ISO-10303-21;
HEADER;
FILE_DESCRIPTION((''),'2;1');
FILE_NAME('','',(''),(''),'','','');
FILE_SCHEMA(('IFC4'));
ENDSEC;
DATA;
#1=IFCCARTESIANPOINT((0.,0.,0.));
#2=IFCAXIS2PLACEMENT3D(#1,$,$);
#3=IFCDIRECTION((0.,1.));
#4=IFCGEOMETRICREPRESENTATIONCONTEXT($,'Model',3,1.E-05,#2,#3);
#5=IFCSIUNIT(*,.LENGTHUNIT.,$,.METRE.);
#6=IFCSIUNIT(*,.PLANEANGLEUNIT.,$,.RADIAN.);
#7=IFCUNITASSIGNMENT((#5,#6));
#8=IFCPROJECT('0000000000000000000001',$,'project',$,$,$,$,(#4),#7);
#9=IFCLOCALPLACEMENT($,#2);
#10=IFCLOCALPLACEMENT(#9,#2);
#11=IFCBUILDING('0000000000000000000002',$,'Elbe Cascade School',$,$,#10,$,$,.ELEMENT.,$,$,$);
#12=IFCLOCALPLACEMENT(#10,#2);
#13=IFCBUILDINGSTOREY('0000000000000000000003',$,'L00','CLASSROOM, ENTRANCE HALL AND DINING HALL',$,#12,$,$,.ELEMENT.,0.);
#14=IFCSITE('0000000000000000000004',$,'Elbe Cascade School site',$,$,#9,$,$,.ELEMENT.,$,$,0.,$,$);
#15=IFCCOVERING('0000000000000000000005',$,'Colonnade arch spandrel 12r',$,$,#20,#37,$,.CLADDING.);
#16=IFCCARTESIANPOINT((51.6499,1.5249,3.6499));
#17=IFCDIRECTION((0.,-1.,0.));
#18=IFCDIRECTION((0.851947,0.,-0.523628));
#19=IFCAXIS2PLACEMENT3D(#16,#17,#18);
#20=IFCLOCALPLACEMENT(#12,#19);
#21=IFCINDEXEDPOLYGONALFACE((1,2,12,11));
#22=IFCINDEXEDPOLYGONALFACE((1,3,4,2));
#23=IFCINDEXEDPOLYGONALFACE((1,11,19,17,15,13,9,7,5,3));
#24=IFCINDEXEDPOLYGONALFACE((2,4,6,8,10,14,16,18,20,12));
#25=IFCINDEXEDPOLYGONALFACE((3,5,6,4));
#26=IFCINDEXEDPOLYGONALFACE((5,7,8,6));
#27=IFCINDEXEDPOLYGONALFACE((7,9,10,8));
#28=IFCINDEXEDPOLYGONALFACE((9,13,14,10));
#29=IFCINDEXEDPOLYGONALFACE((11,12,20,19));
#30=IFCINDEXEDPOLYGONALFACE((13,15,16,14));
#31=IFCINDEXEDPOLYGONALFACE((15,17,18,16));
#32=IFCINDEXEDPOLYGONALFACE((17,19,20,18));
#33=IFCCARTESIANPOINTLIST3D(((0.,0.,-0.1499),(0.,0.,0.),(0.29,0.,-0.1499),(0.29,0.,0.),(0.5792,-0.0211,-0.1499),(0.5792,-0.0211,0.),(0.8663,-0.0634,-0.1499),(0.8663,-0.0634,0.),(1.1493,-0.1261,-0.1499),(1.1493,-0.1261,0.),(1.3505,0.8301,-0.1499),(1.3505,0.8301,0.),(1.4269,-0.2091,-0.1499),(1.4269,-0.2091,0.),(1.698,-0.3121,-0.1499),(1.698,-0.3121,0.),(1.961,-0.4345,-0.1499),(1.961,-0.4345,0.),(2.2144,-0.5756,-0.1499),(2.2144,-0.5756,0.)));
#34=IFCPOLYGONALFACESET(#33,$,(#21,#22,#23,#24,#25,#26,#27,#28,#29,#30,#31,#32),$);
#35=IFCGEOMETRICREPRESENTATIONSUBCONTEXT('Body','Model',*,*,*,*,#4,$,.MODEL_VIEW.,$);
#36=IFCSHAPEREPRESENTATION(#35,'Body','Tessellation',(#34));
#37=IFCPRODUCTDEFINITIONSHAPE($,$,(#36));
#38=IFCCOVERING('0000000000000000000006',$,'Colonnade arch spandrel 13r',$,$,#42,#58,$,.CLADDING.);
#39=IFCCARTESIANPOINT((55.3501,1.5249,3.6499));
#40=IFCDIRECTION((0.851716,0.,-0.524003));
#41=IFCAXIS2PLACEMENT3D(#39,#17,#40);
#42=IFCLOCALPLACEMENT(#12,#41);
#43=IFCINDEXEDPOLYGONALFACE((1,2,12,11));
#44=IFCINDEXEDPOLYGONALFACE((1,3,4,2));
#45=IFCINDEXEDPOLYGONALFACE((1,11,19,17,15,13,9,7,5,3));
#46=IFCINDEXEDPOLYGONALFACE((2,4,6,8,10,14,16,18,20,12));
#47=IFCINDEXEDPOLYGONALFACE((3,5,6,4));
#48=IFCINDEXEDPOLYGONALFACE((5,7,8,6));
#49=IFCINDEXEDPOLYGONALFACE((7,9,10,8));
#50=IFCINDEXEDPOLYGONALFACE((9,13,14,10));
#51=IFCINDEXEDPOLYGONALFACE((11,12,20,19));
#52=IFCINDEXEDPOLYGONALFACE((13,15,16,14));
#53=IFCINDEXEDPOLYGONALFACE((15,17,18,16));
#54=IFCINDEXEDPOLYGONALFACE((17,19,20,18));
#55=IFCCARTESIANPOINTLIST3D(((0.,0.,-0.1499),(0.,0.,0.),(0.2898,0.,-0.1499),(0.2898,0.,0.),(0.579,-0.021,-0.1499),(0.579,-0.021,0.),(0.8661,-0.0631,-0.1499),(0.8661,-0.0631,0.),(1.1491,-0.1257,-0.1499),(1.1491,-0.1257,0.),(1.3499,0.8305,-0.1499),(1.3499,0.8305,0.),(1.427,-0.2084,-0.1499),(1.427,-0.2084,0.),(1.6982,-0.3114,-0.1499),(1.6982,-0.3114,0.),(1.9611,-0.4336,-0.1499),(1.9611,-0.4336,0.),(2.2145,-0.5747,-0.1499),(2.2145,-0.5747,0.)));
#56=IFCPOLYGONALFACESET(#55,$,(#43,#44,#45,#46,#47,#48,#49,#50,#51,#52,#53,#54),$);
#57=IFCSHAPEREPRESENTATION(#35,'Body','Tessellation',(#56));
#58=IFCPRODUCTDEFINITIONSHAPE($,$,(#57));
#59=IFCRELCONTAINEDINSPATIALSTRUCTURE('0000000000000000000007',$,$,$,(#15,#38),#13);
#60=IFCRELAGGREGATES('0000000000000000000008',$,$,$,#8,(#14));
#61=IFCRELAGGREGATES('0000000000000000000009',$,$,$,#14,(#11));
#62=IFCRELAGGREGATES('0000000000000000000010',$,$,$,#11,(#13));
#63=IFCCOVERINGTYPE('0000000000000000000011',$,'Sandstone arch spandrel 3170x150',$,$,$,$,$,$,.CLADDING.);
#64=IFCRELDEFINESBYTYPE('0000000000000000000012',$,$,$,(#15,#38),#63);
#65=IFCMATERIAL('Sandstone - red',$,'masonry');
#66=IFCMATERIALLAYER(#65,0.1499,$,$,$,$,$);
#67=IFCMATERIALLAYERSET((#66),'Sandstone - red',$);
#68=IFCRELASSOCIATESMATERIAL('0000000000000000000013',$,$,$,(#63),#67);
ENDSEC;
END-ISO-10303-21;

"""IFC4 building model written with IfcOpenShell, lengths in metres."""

from ifc_helpers import new_model, si_unit, direction, frame, origin, place, context, subcontext, project, spatial, polyline, outline, extrude, material, layer, layer_set, type_object, element, save


model = new_model("IFC4")

# Units and contexts
model_context = context("Model", 3, precision=1e-05, world=origin(), true_north=direction((0.0, 1.0)))
body_context = subcontext(model_context, "Body", "Model", "MODEL_VIEW")
ifc_project = project(units=[si_unit("LENGTHUNIT", "METRE"), si_unit("PLANEANGLEUNIT", "RADIAN")], contexts=[model_context])

# Site, building, storey
site_placement = place(None, origin())
site = spatial("IfcSite", under=ifc_project, at=site_placement, Name="Elbe Cascade School site", CompositionType="ELEMENT", RefElevation=0.0)
building_placement = place(site_placement, origin())
building = spatial("IfcBuilding", under=site, at=building_placement, Name="Elbe Cascade School", CompositionType="ELEMENT")
storey_placement = place(building_placement, origin())
storey = spatial("IfcBuildingStorey", under=building, at=storey_placement, Name="L00", Description="CLASSROOM, ENTRANCE HALL AND DINING HALL", CompositionType="ELEMENT", Elevation=0.0)

# Coverings
ifc_material_1 = material(Name="Sandstone - red", Category="masonry")
ifc_layer_1 = layer(ifc_material_1, 0.1499)
ifc_layer_set_1 = layer_set([ifc_layer_1], Name="Sandstone - red")
covering_type_1 = type_object("IfcCoveringType", Name="Sandstone arch spandrel 3170x150", PredefinedType="CLADDING", material=ifc_layer_set_1)
covering_1_placement = place(storey_placement, frame((51.6499, 1.5249, 3.6499), z_axis=(0.0, -1.0, 0.0), x_axis=(0.851947, 0.0, -0.523628)))
element("IfcCovering", 1, at=covering_1_placement, inside=storey, type_object=covering_type_1, Name="Colonnade arch spandrel 12r", PredefinedType="CLADDING", context=body_context, shape_type="SweptSolid", body=[
    extrude(outline(polyline([(0.0, 0.0), (0.29, 0.0), (0.5792, -0.0211), (0.8663, -0.0634), (1.1493, -0.1261), (1.4269, -0.2091), (1.698, -0.3121), (1.961, -0.4345), (2.2144, -0.5756), (1.3505, 0.8301), (0.0, 0.0)])), origin(), (0.0, 0.0, -1.0), 0.1499),
])
covering_2_placement = place(storey_placement, frame((55.3501, 1.5249, 3.6499), z_axis=(0.0, -1.0, 0.0), x_axis=(0.851716, 0.0, -0.524003)))
element("IfcCovering", 2, at=covering_2_placement, inside=storey, type_object=covering_type_1, Name="Colonnade arch spandrel 13r", PredefinedType="CLADDING", context=body_context, shape_type="SweptSolid", body=[
    extrude(outline(polyline([(0.0, 0.0), (0.2898, 0.0), (0.579, -0.021), (0.8661, -0.0631), (1.1491, -0.1257), (1.427, -0.2084), (1.6982, -0.3114), (1.9611, -0.4336), (2.2145, -0.5747), (1.3499, 0.8305), (0.0, 0.0)])), origin(), (0.0, 0.0, -1.0), 0.1499),
])

save(model, "model.ifc")
